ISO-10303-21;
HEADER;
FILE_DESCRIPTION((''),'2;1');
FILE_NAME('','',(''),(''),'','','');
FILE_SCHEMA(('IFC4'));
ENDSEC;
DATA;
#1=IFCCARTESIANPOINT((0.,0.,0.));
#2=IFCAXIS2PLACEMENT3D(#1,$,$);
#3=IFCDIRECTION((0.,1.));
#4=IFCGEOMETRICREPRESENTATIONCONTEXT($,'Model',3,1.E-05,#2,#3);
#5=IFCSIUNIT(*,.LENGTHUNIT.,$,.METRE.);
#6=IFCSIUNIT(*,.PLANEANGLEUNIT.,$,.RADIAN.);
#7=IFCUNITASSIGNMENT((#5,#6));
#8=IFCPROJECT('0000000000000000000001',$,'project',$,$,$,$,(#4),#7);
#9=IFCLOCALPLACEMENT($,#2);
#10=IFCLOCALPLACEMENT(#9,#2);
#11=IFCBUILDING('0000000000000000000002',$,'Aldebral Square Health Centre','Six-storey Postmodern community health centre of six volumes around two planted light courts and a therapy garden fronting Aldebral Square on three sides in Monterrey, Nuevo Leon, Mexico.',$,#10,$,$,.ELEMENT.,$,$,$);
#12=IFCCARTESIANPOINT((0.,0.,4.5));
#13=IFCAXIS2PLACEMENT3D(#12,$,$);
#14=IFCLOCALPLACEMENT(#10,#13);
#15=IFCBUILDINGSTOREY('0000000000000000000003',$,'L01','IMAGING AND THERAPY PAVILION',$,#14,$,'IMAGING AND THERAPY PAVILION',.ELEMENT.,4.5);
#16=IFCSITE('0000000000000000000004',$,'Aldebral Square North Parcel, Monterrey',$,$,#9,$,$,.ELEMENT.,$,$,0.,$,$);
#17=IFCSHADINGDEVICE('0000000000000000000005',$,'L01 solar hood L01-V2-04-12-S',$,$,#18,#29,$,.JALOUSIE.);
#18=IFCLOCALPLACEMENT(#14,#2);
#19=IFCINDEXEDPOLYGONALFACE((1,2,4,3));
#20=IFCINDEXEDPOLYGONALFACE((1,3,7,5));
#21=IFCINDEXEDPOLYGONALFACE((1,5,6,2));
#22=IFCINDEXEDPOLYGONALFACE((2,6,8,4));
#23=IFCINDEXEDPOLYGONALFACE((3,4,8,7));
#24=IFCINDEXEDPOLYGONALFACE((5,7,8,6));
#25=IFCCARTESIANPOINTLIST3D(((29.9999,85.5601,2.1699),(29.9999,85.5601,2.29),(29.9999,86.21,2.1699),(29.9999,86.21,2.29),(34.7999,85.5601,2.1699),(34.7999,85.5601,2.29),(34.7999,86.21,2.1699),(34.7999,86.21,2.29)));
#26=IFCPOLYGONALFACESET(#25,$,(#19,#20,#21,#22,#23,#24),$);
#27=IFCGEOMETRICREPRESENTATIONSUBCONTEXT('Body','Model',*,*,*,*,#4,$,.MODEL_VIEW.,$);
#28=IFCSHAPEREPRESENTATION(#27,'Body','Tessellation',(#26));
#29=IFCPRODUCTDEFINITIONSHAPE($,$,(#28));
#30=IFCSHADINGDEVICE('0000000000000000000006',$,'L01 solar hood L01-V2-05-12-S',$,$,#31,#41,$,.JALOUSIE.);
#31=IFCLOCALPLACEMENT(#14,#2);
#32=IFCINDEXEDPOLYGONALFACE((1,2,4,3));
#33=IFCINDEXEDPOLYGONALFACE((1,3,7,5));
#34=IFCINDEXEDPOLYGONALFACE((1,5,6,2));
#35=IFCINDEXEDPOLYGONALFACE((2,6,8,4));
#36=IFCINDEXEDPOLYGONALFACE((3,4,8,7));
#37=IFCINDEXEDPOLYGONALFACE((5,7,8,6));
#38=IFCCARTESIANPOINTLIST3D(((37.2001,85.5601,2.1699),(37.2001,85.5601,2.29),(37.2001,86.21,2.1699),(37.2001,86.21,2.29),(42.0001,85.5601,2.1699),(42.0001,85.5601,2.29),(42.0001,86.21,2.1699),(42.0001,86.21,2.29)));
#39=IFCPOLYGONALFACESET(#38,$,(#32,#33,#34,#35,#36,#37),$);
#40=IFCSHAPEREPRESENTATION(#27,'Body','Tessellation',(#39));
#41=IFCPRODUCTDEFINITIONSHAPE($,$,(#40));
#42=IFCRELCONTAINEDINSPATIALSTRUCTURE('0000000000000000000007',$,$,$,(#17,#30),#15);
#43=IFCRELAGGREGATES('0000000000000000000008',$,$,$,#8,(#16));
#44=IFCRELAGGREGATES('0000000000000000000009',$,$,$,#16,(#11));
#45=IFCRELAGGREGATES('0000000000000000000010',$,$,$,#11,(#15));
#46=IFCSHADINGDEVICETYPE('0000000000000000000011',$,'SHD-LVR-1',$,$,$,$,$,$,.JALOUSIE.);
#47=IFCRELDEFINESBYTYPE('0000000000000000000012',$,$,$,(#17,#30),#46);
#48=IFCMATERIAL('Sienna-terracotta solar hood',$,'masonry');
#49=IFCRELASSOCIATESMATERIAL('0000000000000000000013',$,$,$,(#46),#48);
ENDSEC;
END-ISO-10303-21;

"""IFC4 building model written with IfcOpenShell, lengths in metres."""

from ifc_helpers import new_model, si_unit, direction, frame, origin, origin_2d, place, context, subcontext, project, spatial, rectangle, extrude, material, type_object, element, save


model = new_model("IFC4")

# Units and contexts
model_context = context("Model", 3, precision=1e-05, world=origin(), true_north=direction((0.0, 1.0)))
body_context = subcontext(model_context, "Body", "Model", "MODEL_VIEW")
ifc_project = project(units=[si_unit("LENGTHUNIT", "METRE"), si_unit("PLANEANGLEUNIT", "RADIAN")], contexts=[model_context])

# Site, building, storey
site_placement = place(None, origin())
site = spatial("IfcSite", under=ifc_project, at=site_placement, Name="Aldebral Square North Parcel, Monterrey", CompositionType="ELEMENT", RefElevation=0.0)
building_placement = place(site_placement, origin())
building = spatial("IfcBuilding", under=site, at=building_placement, Name="Aldebral Square Health Centre", Description="Six-storey Postmodern community health centre of six volumes around two planted light courts and a therapy garden fronting Aldebral Square on three sides in Monterrey, Nuevo Leon, Mexico.", CompositionType="ELEMENT")
storey_placement = place(building_placement, frame((0.0, 0.0, 4.5)))
storey = spatial("IfcBuildingStorey", under=building, at=storey_placement, Name="L01", Description="IMAGING AND THERAPY PAVILION", LongName="IMAGING AND THERAPY PAVILION", CompositionType="ELEMENT", Elevation=4.5)

# Shading devices
ifc_material_1 = material(Name="Sienna-terracotta solar hood", Category="masonry")
shading_device_type = type_object("IfcShadingDeviceType", Name="SHD-LVR-1", PredefinedType="JALOUSIE", material=ifc_material_1)
for number, where, z_axis, x_axis, name in (
    (1, (32.3999, 85.885, 2.1699), (0.0, 0.0, 1.0), (1.0, 0.0, 0.0), "L01 solar hood L01-V2-04-12-S"),
    (2, (39.6001, 85.885, 2.1699), (0.0, 0.0, 1.0), (1.0, 0.0, 0.0), "L01 solar hood L01-V2-05-12-S"),
):
    element("IfcShadingDevice", number, at=place(storey_placement, frame(where, z_axis=z_axis, x_axis=x_axis)), inside=storey, type_object=shading_device_type, Name=name, PredefinedType="JALOUSIE", context=body_context, shape_type="SweptSolid", body=[
        extrude(rectangle(XDim=4.8, YDim=0.6499, at=origin_2d()), origin(), (0.0, 0.0, 1.0), 0.1201),
    ])

save(model, "model.ifc")
